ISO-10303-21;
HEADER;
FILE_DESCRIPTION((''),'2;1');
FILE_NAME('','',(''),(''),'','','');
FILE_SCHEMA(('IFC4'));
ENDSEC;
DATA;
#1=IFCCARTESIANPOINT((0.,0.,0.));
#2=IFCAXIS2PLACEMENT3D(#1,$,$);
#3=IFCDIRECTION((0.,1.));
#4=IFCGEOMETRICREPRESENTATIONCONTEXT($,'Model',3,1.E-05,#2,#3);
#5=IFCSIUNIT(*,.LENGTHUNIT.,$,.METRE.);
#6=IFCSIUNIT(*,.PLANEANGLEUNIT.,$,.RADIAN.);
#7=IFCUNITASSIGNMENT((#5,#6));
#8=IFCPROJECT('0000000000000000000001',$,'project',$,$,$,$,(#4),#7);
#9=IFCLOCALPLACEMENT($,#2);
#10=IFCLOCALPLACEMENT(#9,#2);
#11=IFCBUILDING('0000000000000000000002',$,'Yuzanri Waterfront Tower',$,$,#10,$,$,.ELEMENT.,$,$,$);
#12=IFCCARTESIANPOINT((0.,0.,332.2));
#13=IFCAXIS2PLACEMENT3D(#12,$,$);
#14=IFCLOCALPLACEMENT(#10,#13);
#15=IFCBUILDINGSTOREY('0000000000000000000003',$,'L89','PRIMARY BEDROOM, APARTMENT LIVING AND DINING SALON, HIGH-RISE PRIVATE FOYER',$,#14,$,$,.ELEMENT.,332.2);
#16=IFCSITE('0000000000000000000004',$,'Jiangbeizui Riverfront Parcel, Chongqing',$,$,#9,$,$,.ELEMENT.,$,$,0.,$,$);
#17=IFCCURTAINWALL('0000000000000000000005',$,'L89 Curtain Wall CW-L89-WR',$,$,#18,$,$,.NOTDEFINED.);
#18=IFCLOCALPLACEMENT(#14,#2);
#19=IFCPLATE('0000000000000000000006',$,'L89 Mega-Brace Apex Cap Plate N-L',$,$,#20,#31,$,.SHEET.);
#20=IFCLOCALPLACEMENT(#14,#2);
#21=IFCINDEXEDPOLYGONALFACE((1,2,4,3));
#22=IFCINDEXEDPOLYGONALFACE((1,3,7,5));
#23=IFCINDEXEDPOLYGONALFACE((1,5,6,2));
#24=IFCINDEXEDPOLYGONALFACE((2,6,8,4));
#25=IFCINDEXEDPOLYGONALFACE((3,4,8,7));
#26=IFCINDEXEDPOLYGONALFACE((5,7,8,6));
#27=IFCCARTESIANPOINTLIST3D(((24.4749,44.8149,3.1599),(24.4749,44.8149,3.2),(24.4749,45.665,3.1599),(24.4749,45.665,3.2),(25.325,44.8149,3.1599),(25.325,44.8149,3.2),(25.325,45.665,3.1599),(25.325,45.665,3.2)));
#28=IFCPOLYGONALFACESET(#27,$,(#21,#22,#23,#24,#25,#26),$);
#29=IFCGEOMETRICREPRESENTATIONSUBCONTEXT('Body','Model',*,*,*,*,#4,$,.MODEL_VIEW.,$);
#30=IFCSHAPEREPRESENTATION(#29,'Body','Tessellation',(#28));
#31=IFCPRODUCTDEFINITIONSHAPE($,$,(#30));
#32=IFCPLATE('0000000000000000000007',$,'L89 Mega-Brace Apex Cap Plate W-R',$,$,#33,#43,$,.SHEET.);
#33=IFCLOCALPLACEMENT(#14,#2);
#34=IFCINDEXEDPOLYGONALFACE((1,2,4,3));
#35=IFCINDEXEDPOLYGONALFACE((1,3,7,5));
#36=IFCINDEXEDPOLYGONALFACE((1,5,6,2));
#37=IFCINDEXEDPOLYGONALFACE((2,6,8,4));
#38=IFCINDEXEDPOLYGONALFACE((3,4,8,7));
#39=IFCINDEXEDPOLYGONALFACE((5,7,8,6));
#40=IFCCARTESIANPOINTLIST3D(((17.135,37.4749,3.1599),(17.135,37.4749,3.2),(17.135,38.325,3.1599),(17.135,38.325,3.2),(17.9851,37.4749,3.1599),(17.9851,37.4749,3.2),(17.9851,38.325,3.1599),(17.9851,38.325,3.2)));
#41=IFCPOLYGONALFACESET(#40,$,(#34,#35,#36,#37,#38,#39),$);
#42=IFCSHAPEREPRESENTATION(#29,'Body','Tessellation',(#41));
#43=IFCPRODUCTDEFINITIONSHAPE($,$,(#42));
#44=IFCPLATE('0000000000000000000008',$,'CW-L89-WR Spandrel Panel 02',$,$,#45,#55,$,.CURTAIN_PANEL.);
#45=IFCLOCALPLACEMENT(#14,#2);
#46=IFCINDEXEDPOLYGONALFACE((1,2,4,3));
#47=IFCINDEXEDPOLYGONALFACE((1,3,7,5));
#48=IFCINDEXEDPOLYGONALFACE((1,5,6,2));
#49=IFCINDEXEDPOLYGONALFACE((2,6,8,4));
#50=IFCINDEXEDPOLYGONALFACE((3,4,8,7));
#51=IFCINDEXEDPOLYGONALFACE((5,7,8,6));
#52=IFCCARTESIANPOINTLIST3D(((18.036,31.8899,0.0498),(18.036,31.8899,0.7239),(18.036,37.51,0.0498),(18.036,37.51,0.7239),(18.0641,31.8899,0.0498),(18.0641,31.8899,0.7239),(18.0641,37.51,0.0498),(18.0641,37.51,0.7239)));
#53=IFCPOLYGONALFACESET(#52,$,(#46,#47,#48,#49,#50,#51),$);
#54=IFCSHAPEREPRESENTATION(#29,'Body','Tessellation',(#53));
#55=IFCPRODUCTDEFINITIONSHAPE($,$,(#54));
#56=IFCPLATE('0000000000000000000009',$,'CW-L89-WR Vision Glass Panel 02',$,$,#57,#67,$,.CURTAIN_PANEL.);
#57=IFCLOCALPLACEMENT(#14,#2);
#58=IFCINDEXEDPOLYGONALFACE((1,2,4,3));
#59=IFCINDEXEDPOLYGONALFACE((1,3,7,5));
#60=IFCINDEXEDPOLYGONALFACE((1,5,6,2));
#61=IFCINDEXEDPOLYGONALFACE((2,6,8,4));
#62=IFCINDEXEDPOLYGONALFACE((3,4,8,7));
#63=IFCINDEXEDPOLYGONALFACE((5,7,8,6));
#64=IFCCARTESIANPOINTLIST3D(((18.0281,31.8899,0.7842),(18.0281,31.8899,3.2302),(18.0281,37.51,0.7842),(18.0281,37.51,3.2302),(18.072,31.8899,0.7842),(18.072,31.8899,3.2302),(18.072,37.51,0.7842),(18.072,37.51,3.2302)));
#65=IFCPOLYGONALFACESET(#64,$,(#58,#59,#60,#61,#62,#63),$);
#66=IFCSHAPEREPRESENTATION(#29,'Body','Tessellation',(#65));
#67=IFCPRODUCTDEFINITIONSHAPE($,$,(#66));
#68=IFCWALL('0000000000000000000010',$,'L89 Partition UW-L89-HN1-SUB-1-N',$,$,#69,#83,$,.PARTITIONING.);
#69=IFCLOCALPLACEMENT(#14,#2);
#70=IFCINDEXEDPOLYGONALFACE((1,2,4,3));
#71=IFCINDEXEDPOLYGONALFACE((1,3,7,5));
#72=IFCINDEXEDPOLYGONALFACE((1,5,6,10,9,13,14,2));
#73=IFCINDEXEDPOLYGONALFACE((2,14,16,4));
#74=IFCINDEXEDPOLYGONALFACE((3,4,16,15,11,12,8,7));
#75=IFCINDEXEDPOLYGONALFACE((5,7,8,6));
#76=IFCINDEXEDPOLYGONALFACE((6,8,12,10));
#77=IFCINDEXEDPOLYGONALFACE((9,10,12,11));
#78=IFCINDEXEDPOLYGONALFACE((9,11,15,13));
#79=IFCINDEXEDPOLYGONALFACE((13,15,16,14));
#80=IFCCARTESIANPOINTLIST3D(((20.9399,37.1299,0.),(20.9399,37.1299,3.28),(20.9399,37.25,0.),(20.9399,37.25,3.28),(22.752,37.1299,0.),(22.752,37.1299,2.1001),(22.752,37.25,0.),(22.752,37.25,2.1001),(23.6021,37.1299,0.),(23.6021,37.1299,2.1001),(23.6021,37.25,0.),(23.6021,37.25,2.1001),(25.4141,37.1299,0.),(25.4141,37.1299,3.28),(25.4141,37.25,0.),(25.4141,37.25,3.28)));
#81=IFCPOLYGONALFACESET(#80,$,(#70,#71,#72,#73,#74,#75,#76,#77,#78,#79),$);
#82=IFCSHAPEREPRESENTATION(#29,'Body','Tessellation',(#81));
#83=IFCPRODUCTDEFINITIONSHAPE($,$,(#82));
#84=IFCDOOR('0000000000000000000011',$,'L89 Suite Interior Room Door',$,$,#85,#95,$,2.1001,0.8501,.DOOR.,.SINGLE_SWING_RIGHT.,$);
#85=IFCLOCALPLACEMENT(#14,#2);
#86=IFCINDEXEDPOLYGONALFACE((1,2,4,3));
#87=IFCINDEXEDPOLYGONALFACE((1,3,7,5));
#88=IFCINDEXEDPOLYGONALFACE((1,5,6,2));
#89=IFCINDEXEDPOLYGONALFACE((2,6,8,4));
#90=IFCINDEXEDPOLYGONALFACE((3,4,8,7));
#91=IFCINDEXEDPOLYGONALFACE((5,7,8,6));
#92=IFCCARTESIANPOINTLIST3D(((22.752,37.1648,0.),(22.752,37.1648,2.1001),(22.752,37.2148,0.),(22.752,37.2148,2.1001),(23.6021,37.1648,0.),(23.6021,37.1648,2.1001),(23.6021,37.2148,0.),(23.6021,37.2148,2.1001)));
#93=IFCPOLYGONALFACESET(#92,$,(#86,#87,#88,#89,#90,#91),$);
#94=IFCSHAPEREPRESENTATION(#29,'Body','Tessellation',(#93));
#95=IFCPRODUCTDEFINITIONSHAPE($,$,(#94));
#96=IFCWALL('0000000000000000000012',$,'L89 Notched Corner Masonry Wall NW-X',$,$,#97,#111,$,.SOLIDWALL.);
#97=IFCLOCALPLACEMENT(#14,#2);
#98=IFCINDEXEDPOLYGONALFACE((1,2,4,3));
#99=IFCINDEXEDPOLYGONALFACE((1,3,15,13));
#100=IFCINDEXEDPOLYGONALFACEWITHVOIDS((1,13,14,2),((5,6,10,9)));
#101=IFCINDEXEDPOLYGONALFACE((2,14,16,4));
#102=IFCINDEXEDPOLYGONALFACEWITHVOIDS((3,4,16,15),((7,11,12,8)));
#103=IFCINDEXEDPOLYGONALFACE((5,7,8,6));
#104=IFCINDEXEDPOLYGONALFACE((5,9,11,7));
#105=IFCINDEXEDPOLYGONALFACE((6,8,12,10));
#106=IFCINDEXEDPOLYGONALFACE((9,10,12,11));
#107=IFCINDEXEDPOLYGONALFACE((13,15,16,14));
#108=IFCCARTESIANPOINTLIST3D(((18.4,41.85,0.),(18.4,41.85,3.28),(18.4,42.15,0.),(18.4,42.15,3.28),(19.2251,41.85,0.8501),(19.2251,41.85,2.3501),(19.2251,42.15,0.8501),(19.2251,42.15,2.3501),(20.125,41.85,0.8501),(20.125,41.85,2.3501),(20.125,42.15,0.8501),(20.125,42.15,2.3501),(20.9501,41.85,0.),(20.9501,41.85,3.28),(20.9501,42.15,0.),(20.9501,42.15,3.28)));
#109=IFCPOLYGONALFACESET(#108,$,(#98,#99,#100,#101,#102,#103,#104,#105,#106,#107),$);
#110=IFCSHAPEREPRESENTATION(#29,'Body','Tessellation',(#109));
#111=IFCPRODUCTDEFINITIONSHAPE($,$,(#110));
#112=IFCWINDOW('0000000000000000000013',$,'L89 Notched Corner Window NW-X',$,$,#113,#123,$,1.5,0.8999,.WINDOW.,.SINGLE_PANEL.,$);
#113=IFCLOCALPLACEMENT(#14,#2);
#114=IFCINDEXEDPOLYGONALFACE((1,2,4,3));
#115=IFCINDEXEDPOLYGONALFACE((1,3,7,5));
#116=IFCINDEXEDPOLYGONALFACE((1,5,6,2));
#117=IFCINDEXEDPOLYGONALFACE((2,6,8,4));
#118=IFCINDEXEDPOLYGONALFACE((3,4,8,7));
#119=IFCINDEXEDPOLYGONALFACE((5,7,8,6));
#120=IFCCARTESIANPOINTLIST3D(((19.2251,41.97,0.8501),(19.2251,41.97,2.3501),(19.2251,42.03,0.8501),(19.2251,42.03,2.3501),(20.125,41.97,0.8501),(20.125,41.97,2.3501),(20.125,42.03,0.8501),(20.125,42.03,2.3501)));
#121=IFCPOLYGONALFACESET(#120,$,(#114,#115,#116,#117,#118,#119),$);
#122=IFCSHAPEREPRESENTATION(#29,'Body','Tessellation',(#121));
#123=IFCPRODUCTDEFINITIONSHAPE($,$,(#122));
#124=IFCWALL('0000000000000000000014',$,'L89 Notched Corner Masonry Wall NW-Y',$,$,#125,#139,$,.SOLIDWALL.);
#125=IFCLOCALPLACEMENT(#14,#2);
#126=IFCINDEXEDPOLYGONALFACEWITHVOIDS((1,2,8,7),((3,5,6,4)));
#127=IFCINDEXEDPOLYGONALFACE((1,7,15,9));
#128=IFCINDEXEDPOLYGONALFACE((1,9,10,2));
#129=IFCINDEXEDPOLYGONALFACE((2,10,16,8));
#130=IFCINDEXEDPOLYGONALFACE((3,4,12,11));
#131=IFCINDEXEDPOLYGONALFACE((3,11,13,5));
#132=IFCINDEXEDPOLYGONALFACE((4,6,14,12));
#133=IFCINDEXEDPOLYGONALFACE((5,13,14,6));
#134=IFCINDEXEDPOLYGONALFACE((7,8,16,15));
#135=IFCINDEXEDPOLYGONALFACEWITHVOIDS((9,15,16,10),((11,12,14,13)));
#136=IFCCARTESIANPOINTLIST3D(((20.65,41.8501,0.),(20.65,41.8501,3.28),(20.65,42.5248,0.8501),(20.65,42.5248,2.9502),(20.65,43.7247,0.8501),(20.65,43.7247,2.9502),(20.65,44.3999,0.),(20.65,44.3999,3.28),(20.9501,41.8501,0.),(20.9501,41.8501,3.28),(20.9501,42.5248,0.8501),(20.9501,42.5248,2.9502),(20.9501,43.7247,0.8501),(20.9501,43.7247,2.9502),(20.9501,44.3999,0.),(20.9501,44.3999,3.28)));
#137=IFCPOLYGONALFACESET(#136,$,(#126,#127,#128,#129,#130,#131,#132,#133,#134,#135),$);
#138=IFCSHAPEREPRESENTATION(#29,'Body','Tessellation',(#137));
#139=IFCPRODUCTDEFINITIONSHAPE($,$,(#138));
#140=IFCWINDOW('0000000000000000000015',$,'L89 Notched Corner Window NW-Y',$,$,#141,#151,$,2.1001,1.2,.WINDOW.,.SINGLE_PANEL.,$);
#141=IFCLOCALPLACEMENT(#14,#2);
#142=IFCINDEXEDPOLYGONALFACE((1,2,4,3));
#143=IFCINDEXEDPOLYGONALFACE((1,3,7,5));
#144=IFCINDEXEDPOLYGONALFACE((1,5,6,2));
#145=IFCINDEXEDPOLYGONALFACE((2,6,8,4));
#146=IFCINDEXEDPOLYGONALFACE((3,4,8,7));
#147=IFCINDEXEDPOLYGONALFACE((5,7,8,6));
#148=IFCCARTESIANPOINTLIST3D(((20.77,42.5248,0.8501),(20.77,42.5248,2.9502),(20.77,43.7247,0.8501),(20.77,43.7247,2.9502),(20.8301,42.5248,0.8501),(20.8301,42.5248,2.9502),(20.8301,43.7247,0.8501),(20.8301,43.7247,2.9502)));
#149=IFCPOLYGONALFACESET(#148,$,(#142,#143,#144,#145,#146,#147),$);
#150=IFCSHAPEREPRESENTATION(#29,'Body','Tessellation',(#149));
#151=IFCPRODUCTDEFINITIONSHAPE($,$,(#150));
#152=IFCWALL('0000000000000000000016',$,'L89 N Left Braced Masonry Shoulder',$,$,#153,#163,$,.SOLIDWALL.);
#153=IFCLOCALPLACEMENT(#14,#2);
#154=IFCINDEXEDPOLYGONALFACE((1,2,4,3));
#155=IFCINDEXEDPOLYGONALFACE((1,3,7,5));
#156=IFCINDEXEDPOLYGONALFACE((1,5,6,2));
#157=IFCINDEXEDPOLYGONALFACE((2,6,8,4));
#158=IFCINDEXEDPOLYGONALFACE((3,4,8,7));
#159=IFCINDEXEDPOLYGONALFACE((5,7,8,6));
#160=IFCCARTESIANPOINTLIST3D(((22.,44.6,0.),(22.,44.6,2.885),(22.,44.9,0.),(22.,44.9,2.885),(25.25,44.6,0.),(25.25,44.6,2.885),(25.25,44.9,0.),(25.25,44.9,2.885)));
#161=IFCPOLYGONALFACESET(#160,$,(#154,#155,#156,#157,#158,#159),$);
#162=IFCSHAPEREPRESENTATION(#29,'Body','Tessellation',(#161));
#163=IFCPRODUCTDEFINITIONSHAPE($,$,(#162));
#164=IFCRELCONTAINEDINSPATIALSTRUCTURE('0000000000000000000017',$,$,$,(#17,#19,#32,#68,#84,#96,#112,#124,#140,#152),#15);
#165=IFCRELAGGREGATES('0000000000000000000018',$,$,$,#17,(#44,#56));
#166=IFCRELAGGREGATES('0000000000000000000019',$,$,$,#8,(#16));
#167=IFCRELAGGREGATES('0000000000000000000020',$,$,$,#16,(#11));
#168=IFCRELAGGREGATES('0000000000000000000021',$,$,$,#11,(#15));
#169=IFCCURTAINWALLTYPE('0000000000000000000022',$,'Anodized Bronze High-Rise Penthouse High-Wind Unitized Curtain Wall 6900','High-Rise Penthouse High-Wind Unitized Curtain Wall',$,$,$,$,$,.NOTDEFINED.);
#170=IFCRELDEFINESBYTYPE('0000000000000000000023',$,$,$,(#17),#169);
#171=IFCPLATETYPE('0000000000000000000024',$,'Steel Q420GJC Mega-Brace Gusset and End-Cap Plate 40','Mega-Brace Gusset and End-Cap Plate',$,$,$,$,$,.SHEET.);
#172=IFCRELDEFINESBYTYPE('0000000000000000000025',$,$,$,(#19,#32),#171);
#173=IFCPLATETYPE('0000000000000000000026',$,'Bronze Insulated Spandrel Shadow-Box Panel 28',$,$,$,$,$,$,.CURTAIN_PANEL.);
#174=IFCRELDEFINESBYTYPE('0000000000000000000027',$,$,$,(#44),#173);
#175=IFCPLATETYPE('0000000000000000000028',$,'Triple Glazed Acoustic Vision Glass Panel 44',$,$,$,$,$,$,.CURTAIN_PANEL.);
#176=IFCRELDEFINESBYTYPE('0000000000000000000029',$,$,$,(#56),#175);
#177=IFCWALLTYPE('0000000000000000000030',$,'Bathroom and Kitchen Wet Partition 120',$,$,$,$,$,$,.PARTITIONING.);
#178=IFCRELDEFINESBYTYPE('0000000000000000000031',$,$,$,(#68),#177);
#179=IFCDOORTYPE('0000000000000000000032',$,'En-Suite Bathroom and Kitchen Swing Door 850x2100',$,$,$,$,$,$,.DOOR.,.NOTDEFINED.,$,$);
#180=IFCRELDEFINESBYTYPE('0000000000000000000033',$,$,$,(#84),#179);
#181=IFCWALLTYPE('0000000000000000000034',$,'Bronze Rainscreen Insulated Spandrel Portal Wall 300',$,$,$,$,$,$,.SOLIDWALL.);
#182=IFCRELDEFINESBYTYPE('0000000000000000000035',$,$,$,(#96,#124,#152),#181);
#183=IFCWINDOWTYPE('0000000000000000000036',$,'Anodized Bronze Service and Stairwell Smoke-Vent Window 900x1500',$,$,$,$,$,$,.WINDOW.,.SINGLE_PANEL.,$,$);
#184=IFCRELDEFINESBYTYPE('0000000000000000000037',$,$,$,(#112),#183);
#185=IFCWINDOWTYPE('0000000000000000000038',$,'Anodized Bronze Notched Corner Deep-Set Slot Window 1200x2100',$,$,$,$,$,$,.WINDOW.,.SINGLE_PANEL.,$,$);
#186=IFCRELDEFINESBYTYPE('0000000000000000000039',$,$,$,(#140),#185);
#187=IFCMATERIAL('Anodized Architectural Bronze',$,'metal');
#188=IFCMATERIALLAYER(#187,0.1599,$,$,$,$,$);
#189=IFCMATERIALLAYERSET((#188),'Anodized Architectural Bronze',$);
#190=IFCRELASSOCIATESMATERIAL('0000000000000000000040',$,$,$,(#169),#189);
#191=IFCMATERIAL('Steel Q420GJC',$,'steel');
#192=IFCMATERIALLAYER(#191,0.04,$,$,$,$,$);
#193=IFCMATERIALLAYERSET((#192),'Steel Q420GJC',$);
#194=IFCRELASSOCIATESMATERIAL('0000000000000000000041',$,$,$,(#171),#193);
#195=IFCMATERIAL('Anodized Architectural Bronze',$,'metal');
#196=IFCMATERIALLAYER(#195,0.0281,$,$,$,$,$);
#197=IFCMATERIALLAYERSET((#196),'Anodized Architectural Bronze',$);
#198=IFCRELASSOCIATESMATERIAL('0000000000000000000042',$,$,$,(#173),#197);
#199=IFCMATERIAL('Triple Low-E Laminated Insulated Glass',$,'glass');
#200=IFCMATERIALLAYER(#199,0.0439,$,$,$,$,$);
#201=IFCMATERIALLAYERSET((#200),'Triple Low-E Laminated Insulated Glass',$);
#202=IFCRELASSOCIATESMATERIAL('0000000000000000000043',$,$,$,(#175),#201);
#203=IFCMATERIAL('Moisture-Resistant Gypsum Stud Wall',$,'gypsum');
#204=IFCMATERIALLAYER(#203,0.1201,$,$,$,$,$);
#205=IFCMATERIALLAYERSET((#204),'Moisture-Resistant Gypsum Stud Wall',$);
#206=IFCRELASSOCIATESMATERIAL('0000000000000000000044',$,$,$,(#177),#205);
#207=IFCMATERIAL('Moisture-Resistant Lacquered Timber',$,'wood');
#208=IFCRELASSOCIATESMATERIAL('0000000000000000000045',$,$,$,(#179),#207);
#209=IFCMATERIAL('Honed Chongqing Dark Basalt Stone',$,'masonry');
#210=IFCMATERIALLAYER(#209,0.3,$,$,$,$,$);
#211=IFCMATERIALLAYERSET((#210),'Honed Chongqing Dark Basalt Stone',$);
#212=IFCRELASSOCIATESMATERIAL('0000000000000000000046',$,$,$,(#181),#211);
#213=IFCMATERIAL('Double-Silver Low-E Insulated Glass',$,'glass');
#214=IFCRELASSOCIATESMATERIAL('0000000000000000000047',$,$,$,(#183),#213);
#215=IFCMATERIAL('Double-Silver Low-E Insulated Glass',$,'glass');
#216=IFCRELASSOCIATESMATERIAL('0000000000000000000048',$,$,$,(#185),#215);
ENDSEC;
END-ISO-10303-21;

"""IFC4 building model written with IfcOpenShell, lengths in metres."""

from ifc_helpers import new_model, si_unit, direction, frame, frame_2d, origin, origin_2d, place, context, subcontext, project, spatial, rectangle, extrude, source, transform, mapped, material, layer, layer_set, type_object, element, fill, aggregate, save


model = new_model("IFC4")

# Units and contexts
model_context = context("Model", 3, precision=1e-05, world=origin(), true_north=direction((0.0, 1.0)))
body_context = subcontext(model_context, "Body", "Model", "MODEL_VIEW")
ifc_project = project(units=[si_unit("LENGTHUNIT", "METRE"), si_unit("PLANEANGLEUNIT", "RADIAN")], contexts=[model_context])

# Site, building, storey
site_placement = place(None, origin())
site = spatial("IfcSite", under=ifc_project, at=site_placement, Name="Jiangbeizui Riverfront Parcel, Chongqing", CompositionType="ELEMENT", RefElevation=0.0)
building_placement = place(site_placement, origin())
building = spatial("IfcBuilding", under=site, at=building_placement, Name="Yuzanri Waterfront Tower", CompositionType="ELEMENT")
storey_placement = place(building_placement, frame((0.0, 0.0, 332.2)))
storey = spatial("IfcBuildingStorey", under=building, at=storey_placement, Name="L89", Description="PRIMARY BEDROOM, APARTMENT LIVING AND DINING SALON, HIGH-RISE PRIVATE FOYER", CompositionType="ELEMENT", Elevation=332.2)

# Curtain wall
ifc_material_1 = material(Name="Anodized Architectural Bronze", Category="metal")
ifc_layer_1 = layer(ifc_material_1, 0.1599)
ifc_layer_set_1 = layer_set([ifc_layer_1], Name="Anodized Architectural Bronze")
curtain_wall_type = type_object("IfcCurtainWallType", Name="Anodized Bronze High-Rise Penthouse High-Wind Unitized Curtain Wall 6900", Description="High-Rise Penthouse High-Wind Unitized Curtain Wall", PredefinedType="NOTDEFINED", material=ifc_layer_set_1)
curtain_wall_1_placement = place(storey_placement, origin())
curtain_wall_1 = element("IfcCurtainWall", 1, at=curtain_wall_1_placement, inside=storey, type_object=curtain_wall_type, Name="L89 Curtain Wall CW-L89-WR", PredefinedType="NOTDEFINED")

# Plates
ifc_material_2 = material(Name="Steel Q420GJC", Category="steel")
ifc_layer_2 = layer(ifc_material_2, 0.04)
ifc_layer_set_2 = layer_set([ifc_layer_2], Name="Steel Q420GJC")
plate_type_1 = type_object("IfcPlateType", Name="Steel Q420GJC Mega-Brace Gusset and End-Cap Plate 40", Description="Mega-Brace Gusset and End-Cap Plate", PredefinedType="SHEET", material=ifc_layer_set_2)
shared_shape_1 = source(origin(), body_context, "Body", "SweptSolid", [
    extrude(rectangle(XDim=0.8501, YDim=0.8501, at=origin_2d()), origin(), (0.0, 0.0, 1.0), 0.04),
])
for number, where, z_axis, x_axis, name in (
    (2, (24.8999, 45.24, 3.1599), (0.0, 0.0, 1.0), (1.0, 0.0, 0.0), "L89 Mega-Brace Apex Cap Plate N-L"),
    (3, (17.5601, 37.8999, 3.1599), (0.0, 0.0, 1.0), (1.0, 0.0, 0.0), "L89 Mega-Brace Apex Cap Plate W-R"),
):
    element("IfcPlate", number, at=place(storey_placement, frame(where, z_axis=z_axis, x_axis=x_axis)), inside=storey, type_object=plate_type_1, Name=name, PredefinedType="SHEET", context=body_context, shape_type="MappedRepresentation", body=[
        mapped(shared_shape_1, transform((0.0, 0.0, 0.0), scale=1.0)),
    ])

# Plates
ifc_material_3 = material(Name="Anodized Architectural Bronze", Category="metal")
ifc_layer_3 = layer(ifc_material_3, 0.0281)
ifc_layer_set_3 = layer_set([ifc_layer_3], Name="Anodized Architectural Bronze")
plate_type_2 = type_object("IfcPlateType", Name="Bronze Insulated Spandrel Shadow-Box Panel 28", PredefinedType="CURTAIN_PANEL", material=ifc_layer_set_3)
shared_shape_2 = source(origin(), body_context, "Body", "SweptSolid", [
    extrude(rectangle(XDim=5.6201, YDim=0.0281, at=origin_2d()), origin(), (0.0, 0.0, 1.0), 0.6741),
])
plate_1_placement = place(storey_placement, frame((18.05, 34.7, 0.0498), z_axis=(0.0, 0.0, 1.0), x_axis=(0.0, 1.0, 0.0)))
plate_1 = element("IfcPlate", 4, at=plate_1_placement, type_object=plate_type_2, Name="CW-L89-WR Spandrel Panel 02", PredefinedType="CURTAIN_PANEL", context=body_context, shape_type="MappedRepresentation", body=[
    mapped(shared_shape_2, transform((0.0, 0.0, 0.0), scale=1.0)),
])
ifc_material_4 = material(Name="Triple Low-E Laminated Insulated Glass", Category="glass")
ifc_layer_4 = layer(ifc_material_4, 0.0439)
ifc_layer_set_4 = layer_set([ifc_layer_4], Name="Triple Low-E Laminated Insulated Glass")
plate_type_3 = type_object("IfcPlateType", Name="Triple Glazed Acoustic Vision Glass Panel 44", PredefinedType="CURTAIN_PANEL", material=ifc_layer_set_4)
shared_shape_3 = source(origin(), body_context, "Body", "SweptSolid", [
    extrude(rectangle(XDim=5.6201, YDim=0.0439, at=origin_2d()), origin(), (0.0, 0.0, 1.0), 2.446),
])
plate_2_placement = place(storey_placement, frame((18.05, 34.7, 0.7842), z_axis=(0.0, 0.0, 1.0), x_axis=(0.0, 1.0, 0.0)))
plate_2 = element("IfcPlate", 5, at=plate_2_placement, type_object=plate_type_3, Name="CW-L89-WR Vision Glass Panel 02", PredefinedType="CURTAIN_PANEL", context=body_context, shape_type="MappedRepresentation", body=[
    mapped(shared_shape_3, transform((0.0, 0.0, 0.0), scale=1.0)),
])
aggregate(curtain_wall_1, [plate_1, plate_2])

# Wall, opening, door
ifc_material_5 = material(Name="Moisture-Resistant Gypsum Stud Wall", Category="gypsum")
ifc_layer_5 = layer(ifc_material_5, 0.1201)
ifc_layer_set_5 = layer_set([ifc_layer_5], Name="Moisture-Resistant Gypsum Stud Wall")
wall_type_1 = type_object("IfcWallType", Name="Bathroom and Kitchen Wet Partition 120", PredefinedType="PARTITIONING", material=ifc_layer_set_5)
wall_1_placement = place(storey_placement, frame((20.9399, 37.1899, 0.0), z_axis=(0.0, 0.0, 1.0), x_axis=(1.0, 0.0, 0.0)))
wall_1 = element("IfcWall", 6, at=wall_1_placement, inside=storey, type_object=wall_type_1, Name="L89 Partition UW-L89-HN1-SUB-1-N", PredefinedType="PARTITIONING", context=body_context, shape_type="SweptSolid", body=[
    extrude(rectangle(XDim=4.4741, YDim=0.1201, at=frame_2d((2.2371, 0.0))), origin(), (0.0, 0.0, 1.0), 3.28),
])
opening_1_placement = place(wall_1_placement, frame((1.812, 0.0, 0.0)))
opening_1 = element("IfcOpeningElement", 7, at=opening_1_placement, cuts=wall_1, PredefinedType="OPENING", context=body_context, shape_type="SweptSolid", body=[
    extrude(rectangle(XDim=0.8501, YDim=2.1001, at=frame_2d((0.425, 1.05))), frame((0.0, 0.075, 0.0), z_axis=(0.0, -1.0, 0.0), x_axis=(1.0, 0.0, 0.0)), (0.0, 0.0, 1.0), 0.1499),
])
ifc_material_6 = material(Name="Moisture-Resistant Lacquered Timber", Category="wood")
door_type = type_object("IfcDoorType", Name="En-Suite Bathroom and Kitchen Swing Door 850x2100", OperationType="NOTDEFINED", PredefinedType="DOOR", material=ifc_material_6)
shared_shape_4 = source(origin(), body_context, "Body", "SweptSolid", [
    extrude(rectangle(XDim=0.8501, YDim=2.1001, at=frame_2d((0.425, 1.05))), frame((0.0, 0.0249, 0.0), z_axis=(0.0, -1.0, 0.0), x_axis=(1.0, 0.0, 0.0)), (0.0, 0.0, 1.0), 0.05),
])
door_placement = place(opening_1_placement, origin())
door = element("IfcDoor", 8, at=door_placement, inside=storey, type_object=door_type, Name="L89 Suite Interior Room Door", OperationType="SINGLE_SWING_RIGHT", OverallHeight=2.1001, OverallWidth=0.8501, PredefinedType="DOOR", context=body_context, shape_type="MappedRepresentation", body=[
    mapped(shared_shape_4, transform((0.0, 0.0, 0.0), scale=1.0)),
])
fill(opening_1, door)

# Walls, openings, windows
ifc_material_7 = material(Name="Honed Chongqing Dark Basalt Stone", Category="masonry")
ifc_layer_6 = layer(ifc_material_7, 0.3)
ifc_layer_set_6 = layer_set([ifc_layer_6], Name="Honed Chongqing Dark Basalt Stone")
wall_type_2 = type_object("IfcWallType", Name="Bronze Rainscreen Insulated Spandrel Portal Wall 300", PredefinedType="SOLIDWALL", material=ifc_layer_set_6)
wall_2_placement = place(storey_placement, frame((20.95, 42.0, 0.0), z_axis=(0.0, 0.0, 1.0), x_axis=(-1.0, 0.0, 0.0)))
wall_2 = element("IfcWall", 9, at=wall_2_placement, inside=storey, type_object=wall_type_2, Name="L89 Notched Corner Masonry Wall NW-X", PredefinedType="SOLIDWALL", context=body_context, shape_type="SweptSolid", body=[
    extrude(rectangle(XDim=2.55, YDim=0.3, at=frame_2d((1.2749, 0.0))), origin(), (0.0, 0.0, 1.0), 3.28),
])
opening_2_placement = place(wall_2_placement, frame((0.825, 0.0, 0.8501)))
opening_2 = element("IfcOpeningElement", 10, at=opening_2_placement, cuts=wall_2, PredefinedType="OPENING", context=body_context, shape_type="SweptSolid", body=[
    extrude(rectangle(XDim=0.8999, YDim=1.5, at=frame_2d((0.45, 0.75))), frame((0.0, 0.165, 0.0), z_axis=(0.0, -1.0, 0.0), x_axis=(1.0, 0.0, 0.0)), (0.0, 0.0, 1.0), 0.3298),
])
ifc_material_8 = material(Name="Double-Silver Low-E Insulated Glass", Category="glass")
window_type_1 = type_object("IfcWindowType", Name="Anodized Bronze Service and Stairwell Smoke-Vent Window 900x1500", PartitioningType="SINGLE_PANEL", PredefinedType="WINDOW", material=ifc_material_8)
shared_shape_5 = source(origin(), body_context, "Body", "SweptSolid", [
    extrude(rectangle(XDim=0.8999, YDim=1.5, at=frame_2d((0.45, 0.75))), frame((0.0, 0.03, 0.0), z_axis=(0.0, -1.0, 0.0), x_axis=(1.0, 0.0, 0.0)), (0.0, 0.0, 1.0), 0.0601),
])
window_1_placement = place(opening_2_placement, origin())
window_1 = element("IfcWindow", 11, at=window_1_placement, inside=storey, type_object=window_type_1, Name="L89 Notched Corner Window NW-X", OverallHeight=1.5, OverallWidth=0.8999, PartitioningType="SINGLE_PANEL", PredefinedType="WINDOW", context=body_context, shape_type="MappedRepresentation", body=[
    mapped(shared_shape_5, transform((0.0, 0.0, 0.0), scale=1.0)),
])
fill(opening_2, window_1)
wall_3_placement = place(storey_placement, frame((20.8, 44.3999, 0.0), z_axis=(0.0, 0.0, 1.0), x_axis=(0.0, -1.0, 0.0)))
wall_3 = element("IfcWall", 12, at=wall_3_placement, inside=storey, type_object=wall_type_2, Name="L89 Notched Corner Masonry Wall NW-Y", PredefinedType="SOLIDWALL", context=body_context, shape_type="SweptSolid", body=[
    extrude(rectangle(XDim=2.5498, YDim=0.3, at=frame_2d((1.2749, 0.0))), origin(), (0.0, 0.0, 1.0), 3.28),
])
opening_3_placement = place(wall_3_placement, frame((0.675, 0.0, 0.8501)))
opening_3 = element("IfcOpeningElement", 13, at=opening_3_placement, cuts=wall_3, PredefinedType="OPENING", context=body_context, shape_type="SweptSolid", body=[
    extrude(rectangle(XDim=1.2, YDim=2.1001, at=frame_2d((0.6001, 1.05))), frame((0.0, 0.165, 0.0), z_axis=(0.0, -1.0, 0.0), x_axis=(1.0, 0.0, 0.0)), (0.0, 0.0, 1.0), 0.3298),
])
ifc_material_9 = material(Name="Double-Silver Low-E Insulated Glass", Category="glass")
window_type_2 = type_object("IfcWindowType", Name="Anodized Bronze Notched Corner Deep-Set Slot Window 1200x2100", PartitioningType="SINGLE_PANEL", PredefinedType="WINDOW", material=ifc_material_9)
shared_shape_6 = source(origin(), body_context, "Body", "SweptSolid", [
    extrude(rectangle(XDim=1.2, YDim=2.1001, at=frame_2d((0.6001, 1.05))), frame((0.0, 0.03, 0.0), z_axis=(0.0, -1.0, 0.0), x_axis=(1.0, 0.0, 0.0)), (0.0, 0.0, 1.0), 0.0601),
])
window_2_placement = place(opening_3_placement, origin())
window_2 = element("IfcWindow", 14, at=window_2_placement, inside=storey, type_object=window_type_2, Name="L89 Notched Corner Window NW-Y", OverallHeight=2.1001, OverallWidth=1.2, PartitioningType="SINGLE_PANEL", PredefinedType="WINDOW", context=body_context, shape_type="MappedRepresentation", body=[
    mapped(shared_shape_6, transform((0.0, 0.0, 0.0), scale=1.0)),
])
fill(opening_3, window_2)

# Wall
shared_shape_7 = source(origin(), body_context, "Body", "SweptSolid", [
    extrude(rectangle(XDim=3.25, YDim=0.3, at=frame_2d((1.625, 0.0))), origin(), (0.0, 0.0, 1.0), 2.885),
])
for number, where, z_axis, x_axis, name in (
    (15, (22.0, 44.75, 0.0), (0.0, 0.0, 1.0), (1.0, 0.0, 0.0), "L89 N Left Braced Masonry Shoulder"),
):
    element("IfcWall", number, at=place(storey_placement, frame(where, z_axis=z_axis, x_axis=x_axis)), inside=storey, type_object=wall_type_2, Name=name, PredefinedType="SOLIDWALL", context=body_context, shape_type="MappedRepresentation", body=[
        mapped(shared_shape_7, transform((0.0, 0.0, 0.0), scale=1.0)),
    ])

save(model, "model.ifc")
